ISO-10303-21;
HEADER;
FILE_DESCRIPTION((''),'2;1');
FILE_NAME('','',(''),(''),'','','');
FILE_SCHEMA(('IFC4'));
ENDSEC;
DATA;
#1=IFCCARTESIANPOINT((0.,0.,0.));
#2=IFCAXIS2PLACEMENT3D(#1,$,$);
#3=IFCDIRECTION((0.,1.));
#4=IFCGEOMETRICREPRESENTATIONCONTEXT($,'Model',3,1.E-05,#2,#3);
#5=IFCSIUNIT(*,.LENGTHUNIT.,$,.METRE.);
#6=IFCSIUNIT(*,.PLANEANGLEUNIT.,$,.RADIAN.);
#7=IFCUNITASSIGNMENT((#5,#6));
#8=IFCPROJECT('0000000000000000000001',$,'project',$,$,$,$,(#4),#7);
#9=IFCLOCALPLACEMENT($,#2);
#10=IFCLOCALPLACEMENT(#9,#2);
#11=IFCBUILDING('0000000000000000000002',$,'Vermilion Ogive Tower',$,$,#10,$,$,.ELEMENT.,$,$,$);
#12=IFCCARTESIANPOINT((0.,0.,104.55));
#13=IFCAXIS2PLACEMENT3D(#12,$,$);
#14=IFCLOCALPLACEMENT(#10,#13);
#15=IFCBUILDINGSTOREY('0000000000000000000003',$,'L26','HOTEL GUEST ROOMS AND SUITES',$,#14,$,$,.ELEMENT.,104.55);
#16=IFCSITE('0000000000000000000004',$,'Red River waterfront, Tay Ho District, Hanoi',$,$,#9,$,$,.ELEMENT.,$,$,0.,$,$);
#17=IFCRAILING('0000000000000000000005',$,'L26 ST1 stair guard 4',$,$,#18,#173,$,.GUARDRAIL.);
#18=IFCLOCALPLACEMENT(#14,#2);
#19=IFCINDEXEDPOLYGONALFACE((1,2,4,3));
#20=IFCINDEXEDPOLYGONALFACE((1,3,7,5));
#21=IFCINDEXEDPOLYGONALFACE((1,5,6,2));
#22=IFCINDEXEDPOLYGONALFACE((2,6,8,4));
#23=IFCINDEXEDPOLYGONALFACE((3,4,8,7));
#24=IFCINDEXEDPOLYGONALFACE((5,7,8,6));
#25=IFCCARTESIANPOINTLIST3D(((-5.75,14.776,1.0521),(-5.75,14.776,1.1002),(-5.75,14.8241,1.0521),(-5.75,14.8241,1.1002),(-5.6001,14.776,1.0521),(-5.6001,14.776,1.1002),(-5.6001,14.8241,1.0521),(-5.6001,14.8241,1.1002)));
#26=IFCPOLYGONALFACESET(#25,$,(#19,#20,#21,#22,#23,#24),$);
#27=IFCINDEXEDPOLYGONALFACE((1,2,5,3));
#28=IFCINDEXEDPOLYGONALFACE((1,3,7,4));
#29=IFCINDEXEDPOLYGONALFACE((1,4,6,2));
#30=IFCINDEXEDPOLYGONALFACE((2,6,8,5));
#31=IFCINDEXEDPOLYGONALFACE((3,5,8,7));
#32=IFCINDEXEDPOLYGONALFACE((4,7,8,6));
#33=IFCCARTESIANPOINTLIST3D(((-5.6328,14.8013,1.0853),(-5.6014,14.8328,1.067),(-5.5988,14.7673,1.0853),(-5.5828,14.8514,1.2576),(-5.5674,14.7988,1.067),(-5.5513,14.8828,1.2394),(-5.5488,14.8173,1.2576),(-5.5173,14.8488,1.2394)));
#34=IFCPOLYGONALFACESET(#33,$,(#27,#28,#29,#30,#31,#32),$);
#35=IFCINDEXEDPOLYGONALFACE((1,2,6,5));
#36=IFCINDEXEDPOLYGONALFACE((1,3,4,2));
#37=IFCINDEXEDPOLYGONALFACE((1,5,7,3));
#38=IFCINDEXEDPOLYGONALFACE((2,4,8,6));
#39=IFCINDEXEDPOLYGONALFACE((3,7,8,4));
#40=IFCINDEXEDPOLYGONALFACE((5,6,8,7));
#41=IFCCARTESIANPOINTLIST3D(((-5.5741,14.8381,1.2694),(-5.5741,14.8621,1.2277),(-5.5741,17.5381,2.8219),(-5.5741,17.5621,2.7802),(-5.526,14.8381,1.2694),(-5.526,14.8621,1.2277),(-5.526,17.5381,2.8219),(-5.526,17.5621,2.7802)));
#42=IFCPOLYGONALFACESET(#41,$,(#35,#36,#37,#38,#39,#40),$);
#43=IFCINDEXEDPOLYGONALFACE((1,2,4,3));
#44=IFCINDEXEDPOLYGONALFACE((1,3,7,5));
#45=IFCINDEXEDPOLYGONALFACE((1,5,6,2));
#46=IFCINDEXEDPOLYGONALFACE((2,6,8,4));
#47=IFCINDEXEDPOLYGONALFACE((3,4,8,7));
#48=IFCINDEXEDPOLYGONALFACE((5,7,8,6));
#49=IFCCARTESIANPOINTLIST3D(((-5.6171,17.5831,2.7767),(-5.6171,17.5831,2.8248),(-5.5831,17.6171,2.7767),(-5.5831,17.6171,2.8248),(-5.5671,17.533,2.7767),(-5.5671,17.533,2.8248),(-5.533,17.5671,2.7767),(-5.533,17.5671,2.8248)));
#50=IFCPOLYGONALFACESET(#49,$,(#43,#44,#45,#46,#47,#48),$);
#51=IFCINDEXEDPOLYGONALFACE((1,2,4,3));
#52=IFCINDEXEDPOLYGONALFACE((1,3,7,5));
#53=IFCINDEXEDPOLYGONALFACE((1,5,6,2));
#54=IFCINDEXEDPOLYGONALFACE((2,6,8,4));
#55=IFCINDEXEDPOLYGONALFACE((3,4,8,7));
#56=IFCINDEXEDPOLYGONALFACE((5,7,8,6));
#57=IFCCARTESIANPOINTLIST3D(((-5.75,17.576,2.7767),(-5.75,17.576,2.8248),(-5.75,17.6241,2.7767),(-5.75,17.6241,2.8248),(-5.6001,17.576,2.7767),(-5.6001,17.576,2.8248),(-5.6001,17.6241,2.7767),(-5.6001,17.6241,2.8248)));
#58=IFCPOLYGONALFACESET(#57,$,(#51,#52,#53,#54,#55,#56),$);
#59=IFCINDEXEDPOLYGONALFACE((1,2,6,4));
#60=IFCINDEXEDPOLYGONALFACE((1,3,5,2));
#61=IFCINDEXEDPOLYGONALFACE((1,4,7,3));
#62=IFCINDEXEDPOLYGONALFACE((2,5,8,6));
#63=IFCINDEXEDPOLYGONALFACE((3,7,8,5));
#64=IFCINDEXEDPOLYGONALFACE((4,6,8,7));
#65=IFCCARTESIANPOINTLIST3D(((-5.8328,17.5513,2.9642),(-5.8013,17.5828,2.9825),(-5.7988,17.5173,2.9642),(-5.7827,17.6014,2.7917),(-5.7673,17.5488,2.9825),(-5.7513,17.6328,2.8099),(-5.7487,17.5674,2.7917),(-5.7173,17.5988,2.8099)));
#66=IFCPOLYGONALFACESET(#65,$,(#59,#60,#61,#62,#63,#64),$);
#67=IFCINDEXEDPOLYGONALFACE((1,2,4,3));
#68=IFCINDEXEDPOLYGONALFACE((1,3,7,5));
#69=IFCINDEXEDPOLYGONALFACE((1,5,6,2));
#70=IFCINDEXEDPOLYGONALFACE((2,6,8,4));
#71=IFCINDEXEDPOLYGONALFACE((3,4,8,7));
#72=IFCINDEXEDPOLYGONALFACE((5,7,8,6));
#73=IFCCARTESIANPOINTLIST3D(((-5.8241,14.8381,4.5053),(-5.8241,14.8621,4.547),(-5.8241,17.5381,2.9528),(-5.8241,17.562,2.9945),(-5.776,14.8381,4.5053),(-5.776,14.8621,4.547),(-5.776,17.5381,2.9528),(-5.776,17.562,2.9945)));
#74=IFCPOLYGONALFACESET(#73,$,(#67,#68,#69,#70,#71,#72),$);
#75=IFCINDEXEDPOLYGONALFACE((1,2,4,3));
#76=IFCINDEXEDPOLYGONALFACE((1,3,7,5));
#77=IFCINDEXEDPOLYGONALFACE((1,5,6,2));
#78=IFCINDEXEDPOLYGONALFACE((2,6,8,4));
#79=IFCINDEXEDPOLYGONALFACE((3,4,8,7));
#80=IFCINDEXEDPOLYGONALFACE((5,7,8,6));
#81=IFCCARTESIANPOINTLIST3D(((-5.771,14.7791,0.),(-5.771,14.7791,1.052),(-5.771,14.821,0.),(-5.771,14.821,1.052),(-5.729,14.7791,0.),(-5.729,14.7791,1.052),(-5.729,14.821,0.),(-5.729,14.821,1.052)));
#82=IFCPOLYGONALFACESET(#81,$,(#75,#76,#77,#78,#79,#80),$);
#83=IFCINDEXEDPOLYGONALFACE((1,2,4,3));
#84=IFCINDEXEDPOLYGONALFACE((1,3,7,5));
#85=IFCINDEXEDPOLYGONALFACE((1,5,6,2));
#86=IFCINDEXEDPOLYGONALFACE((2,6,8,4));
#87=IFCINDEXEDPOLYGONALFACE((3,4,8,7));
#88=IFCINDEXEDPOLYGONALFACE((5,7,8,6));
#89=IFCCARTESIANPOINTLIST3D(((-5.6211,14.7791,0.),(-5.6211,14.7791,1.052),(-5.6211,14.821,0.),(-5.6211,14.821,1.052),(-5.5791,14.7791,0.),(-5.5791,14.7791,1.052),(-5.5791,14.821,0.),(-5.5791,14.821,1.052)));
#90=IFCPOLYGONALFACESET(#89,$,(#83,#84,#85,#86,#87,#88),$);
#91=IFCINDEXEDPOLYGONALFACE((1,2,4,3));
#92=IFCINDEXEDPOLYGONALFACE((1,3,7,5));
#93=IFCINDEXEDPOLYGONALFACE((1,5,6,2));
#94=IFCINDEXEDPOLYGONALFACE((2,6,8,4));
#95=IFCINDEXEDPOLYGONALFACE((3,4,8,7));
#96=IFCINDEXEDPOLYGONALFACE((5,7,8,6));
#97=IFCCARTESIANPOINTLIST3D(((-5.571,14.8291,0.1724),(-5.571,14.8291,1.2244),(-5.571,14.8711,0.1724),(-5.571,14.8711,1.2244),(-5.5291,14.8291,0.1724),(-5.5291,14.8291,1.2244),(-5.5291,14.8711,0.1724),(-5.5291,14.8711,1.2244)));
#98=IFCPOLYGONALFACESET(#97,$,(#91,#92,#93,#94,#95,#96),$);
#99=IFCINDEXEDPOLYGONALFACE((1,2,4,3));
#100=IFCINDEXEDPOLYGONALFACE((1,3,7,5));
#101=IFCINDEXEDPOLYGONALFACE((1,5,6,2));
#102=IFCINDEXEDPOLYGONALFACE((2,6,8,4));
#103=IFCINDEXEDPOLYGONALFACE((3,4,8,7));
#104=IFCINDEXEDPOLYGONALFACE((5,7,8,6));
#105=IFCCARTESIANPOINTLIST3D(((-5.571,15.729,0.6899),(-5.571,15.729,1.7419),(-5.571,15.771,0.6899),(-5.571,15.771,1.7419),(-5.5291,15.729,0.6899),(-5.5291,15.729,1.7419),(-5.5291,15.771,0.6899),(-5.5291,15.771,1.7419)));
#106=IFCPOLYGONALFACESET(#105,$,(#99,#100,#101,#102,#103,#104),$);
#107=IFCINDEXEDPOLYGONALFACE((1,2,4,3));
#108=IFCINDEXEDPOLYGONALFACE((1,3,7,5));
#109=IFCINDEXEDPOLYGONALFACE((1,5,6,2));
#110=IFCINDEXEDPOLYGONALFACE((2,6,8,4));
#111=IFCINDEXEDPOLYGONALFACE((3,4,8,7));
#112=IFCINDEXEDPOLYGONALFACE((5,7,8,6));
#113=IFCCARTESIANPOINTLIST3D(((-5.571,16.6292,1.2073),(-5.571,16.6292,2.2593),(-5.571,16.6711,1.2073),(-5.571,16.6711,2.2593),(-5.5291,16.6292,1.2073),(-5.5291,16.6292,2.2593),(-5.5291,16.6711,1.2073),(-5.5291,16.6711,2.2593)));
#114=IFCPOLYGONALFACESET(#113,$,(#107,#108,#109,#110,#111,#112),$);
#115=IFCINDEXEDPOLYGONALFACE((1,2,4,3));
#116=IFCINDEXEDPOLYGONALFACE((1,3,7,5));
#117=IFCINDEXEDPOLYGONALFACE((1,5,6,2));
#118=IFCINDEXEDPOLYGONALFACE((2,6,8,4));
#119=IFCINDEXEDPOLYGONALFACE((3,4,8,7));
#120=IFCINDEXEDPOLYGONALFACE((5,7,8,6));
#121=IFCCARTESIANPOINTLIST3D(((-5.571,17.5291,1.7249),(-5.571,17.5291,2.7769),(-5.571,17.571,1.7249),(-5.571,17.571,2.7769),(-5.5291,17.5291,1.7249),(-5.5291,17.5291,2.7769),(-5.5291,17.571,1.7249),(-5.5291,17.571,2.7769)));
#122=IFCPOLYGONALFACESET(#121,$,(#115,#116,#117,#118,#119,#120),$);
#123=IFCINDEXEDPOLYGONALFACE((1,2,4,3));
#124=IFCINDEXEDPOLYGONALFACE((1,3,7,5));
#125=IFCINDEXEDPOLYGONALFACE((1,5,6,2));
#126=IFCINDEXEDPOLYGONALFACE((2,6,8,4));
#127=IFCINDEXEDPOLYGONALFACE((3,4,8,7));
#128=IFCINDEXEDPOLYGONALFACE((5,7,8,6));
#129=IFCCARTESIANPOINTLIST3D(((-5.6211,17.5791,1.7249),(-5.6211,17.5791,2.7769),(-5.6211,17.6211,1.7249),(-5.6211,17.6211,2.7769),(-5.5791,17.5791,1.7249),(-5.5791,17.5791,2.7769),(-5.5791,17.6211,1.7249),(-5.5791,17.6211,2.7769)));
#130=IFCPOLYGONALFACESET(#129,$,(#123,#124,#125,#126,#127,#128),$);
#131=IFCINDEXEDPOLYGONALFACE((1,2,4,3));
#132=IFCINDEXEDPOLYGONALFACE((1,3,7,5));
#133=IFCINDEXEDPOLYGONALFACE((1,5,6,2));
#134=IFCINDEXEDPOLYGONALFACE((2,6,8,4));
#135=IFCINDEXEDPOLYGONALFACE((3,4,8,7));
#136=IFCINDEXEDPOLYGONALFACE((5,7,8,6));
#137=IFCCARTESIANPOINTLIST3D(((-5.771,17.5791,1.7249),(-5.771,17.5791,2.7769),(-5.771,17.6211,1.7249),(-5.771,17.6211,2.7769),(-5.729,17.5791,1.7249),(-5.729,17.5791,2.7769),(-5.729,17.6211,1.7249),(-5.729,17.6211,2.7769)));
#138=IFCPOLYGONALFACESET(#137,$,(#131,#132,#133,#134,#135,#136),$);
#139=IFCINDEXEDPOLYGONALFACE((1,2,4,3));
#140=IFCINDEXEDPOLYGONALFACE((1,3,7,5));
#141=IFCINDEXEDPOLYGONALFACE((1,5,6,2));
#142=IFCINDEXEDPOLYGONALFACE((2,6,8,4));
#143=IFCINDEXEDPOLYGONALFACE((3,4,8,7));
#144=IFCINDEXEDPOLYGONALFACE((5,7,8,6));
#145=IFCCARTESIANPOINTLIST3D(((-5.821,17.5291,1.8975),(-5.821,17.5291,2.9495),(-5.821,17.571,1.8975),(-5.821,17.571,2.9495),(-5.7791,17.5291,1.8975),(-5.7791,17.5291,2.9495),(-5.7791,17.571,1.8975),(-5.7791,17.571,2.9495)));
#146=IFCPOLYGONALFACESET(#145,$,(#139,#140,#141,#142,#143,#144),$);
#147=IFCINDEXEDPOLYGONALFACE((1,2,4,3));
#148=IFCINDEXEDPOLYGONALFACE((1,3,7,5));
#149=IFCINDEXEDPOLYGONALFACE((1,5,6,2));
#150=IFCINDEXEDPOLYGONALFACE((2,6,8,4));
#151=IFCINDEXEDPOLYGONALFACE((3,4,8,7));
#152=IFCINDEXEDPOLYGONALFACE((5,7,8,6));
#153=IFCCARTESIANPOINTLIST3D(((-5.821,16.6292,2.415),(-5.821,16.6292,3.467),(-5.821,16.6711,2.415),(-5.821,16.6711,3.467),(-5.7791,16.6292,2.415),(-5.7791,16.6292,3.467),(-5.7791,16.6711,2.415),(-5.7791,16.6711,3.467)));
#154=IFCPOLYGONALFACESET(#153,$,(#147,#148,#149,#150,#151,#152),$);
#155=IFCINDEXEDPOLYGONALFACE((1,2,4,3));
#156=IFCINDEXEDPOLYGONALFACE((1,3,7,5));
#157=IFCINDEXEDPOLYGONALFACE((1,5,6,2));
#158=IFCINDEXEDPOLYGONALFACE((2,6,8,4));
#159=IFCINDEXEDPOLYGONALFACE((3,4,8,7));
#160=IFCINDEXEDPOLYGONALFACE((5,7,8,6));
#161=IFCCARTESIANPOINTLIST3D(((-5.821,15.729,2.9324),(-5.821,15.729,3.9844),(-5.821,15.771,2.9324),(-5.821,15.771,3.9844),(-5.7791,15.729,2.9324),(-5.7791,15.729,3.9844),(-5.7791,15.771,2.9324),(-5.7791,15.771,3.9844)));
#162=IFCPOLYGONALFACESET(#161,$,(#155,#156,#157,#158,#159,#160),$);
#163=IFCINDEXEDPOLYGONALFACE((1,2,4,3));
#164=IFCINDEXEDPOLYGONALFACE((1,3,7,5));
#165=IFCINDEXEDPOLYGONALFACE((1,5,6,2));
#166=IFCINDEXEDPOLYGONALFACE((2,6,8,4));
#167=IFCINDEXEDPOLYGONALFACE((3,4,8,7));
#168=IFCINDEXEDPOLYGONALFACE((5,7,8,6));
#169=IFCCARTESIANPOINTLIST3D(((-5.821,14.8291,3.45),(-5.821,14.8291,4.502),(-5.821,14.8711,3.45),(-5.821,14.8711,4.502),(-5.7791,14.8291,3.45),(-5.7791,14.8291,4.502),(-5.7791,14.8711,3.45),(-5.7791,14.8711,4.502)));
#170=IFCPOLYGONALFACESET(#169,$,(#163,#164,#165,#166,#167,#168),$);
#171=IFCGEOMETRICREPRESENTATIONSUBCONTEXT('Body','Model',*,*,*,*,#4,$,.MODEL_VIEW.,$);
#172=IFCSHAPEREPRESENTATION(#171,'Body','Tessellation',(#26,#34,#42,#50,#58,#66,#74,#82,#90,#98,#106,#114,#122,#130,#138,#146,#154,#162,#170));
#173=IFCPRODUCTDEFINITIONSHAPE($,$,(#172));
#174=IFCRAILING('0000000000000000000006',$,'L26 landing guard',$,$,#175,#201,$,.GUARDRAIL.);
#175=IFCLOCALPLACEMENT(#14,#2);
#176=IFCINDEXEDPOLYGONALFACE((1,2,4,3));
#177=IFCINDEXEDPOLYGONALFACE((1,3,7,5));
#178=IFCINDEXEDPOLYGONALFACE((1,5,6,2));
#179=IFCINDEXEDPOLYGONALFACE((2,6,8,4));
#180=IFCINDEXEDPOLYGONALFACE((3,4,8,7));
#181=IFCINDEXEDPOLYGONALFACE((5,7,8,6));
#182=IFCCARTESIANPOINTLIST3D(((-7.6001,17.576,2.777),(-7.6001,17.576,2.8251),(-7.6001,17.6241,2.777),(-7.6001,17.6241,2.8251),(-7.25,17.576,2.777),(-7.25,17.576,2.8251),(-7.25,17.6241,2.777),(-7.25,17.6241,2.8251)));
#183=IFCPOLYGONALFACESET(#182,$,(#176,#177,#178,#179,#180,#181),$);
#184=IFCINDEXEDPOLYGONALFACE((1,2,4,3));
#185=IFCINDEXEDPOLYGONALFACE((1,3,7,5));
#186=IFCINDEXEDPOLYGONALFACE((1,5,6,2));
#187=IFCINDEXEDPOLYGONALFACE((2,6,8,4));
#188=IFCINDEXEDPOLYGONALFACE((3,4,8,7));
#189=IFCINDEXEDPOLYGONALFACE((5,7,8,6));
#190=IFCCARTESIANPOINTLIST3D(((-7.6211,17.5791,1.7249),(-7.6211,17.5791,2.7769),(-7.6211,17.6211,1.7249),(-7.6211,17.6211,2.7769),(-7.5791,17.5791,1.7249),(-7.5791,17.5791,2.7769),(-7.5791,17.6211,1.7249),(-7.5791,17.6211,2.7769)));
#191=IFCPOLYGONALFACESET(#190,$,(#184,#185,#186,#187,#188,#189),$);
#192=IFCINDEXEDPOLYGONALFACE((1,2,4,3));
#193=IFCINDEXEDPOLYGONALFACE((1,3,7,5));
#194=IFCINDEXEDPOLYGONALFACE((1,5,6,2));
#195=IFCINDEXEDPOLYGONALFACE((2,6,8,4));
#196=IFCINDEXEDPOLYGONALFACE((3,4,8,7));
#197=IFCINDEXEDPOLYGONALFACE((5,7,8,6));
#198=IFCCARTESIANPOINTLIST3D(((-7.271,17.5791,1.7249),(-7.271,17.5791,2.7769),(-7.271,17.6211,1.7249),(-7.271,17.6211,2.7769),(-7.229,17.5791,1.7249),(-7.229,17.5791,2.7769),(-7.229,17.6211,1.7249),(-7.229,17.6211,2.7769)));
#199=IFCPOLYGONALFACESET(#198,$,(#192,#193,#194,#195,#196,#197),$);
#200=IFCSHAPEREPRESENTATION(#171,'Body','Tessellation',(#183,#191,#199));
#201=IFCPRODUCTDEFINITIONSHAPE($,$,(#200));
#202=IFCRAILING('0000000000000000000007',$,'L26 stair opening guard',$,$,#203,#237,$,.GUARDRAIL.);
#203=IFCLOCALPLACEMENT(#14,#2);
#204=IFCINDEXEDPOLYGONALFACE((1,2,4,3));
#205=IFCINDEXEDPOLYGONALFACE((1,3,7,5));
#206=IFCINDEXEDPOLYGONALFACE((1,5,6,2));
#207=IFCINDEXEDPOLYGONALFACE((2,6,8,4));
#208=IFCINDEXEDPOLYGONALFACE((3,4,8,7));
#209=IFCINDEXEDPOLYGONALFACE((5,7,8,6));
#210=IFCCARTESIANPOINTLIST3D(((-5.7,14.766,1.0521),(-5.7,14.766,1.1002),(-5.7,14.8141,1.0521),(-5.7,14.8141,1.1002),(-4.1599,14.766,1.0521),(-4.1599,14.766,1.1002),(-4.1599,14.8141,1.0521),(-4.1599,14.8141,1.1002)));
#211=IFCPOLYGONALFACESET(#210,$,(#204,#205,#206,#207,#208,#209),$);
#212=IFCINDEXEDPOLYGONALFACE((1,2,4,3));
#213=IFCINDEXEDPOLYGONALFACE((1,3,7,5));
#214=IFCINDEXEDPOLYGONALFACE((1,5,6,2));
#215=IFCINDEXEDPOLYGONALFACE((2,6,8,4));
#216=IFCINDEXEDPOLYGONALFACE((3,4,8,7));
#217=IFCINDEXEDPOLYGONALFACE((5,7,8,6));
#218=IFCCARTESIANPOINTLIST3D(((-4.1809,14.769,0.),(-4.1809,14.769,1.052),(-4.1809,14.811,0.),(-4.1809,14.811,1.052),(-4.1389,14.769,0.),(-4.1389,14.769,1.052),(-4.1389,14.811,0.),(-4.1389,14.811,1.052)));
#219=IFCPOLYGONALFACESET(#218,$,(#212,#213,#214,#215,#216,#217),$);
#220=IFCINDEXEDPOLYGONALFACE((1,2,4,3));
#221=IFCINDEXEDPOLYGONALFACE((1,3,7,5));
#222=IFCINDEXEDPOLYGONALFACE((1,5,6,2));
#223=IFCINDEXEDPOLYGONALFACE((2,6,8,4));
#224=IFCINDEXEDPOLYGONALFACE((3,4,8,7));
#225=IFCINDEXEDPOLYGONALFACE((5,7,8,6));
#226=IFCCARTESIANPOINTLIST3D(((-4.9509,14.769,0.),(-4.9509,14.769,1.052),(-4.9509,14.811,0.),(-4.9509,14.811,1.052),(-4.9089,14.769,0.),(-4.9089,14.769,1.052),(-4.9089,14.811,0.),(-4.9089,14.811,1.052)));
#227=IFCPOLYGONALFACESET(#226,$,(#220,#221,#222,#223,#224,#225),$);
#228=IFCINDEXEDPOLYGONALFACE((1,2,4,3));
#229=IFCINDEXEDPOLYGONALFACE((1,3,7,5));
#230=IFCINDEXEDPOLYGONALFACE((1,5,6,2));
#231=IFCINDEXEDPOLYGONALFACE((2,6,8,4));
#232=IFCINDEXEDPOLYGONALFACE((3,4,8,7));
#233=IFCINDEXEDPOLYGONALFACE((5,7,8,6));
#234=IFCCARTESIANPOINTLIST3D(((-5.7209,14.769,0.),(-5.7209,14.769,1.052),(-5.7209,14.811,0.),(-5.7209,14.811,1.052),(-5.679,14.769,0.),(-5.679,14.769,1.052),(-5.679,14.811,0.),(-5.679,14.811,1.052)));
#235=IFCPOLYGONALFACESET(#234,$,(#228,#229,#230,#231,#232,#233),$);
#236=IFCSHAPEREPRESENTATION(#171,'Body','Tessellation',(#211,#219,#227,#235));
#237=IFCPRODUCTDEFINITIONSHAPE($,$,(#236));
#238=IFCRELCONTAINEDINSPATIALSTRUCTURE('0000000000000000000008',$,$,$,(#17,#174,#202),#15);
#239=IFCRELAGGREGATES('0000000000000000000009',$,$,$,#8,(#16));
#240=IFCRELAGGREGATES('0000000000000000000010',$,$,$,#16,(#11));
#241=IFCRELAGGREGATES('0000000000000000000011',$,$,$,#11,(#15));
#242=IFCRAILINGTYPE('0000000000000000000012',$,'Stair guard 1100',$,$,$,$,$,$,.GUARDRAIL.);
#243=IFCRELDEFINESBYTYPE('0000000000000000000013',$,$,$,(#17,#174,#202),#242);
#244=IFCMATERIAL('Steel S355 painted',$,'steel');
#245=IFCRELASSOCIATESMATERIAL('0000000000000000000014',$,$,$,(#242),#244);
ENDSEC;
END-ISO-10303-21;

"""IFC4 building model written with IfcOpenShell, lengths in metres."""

from ifc_helpers import new_model, si_unit, direction, frame, origin, origin_2d, place, context, subcontext, project, spatial, rectangle, extrude, material, type_object, element, save


model = new_model("IFC4")

# Units and contexts
model_context = context("Model", 3, precision=1e-05, world=origin(), true_north=direction((0.0, 1.0)))
body_context = subcontext(model_context, "Body", "Model", "MODEL_VIEW")
ifc_project = project(units=[si_unit("LENGTHUNIT", "METRE"), si_unit("PLANEANGLEUNIT", "RADIAN")], contexts=[model_context])

# Site, building, storey
site_placement = place(None, origin())
site = spatial("IfcSite", under=ifc_project, at=site_placement, Name="Red River waterfront, Tay Ho District, Hanoi", CompositionType="ELEMENT", RefElevation=0.0)
building_placement = place(site_placement, origin())
building = spatial("IfcBuilding", under=site, at=building_placement, Name="Vermilion Ogive Tower", CompositionType="ELEMENT")
storey_placement = place(building_placement, frame((0.0, 0.0, 104.55)))
storey = spatial("IfcBuildingStorey", under=building, at=storey_placement, Name="L26", Description="HOTEL GUEST ROOMS AND SUITES", CompositionType="ELEMENT", Elevation=104.55)

# Railings
ifc_material_1 = material(Name="Steel S355 painted", Category="steel")
railing_type_1 = type_object("IfcRailingType", Name="Stair guard 1100", PredefinedType="GUARDRAIL", material=ifc_material_1)
railing_1_placement = place(storey_placement, frame((-5.75, 14.8, 0.0)))
element("IfcRailing", 1, at=railing_1_placement, inside=storey, type_object=railing_type_1, Name="L26 ST1 stair guard 4", PredefinedType="GUARDRAIL", context=body_context, shape_type="SweptSolid", body=[
    extrude(rectangle(XDim=0.0481, YDim=0.0481, at=origin_2d()), frame((0.0, 0.0, 1.0762), z_axis=(1.0, 0.0, 0.0), x_axis=(0.0, 1.0, 0.0)), (0.0, 0.0, 1.0), 0.1499),
    extrude(rectangle(XDim=0.0481, YDim=0.0481, at=origin_2d()), frame((0.1499, 0.0, 1.0762), z_axis=(0.268603, 0.268603, 0.925043), x_axis=(-0.707107, 0.707107, 0.0)), (0.0, 0.0, 1.0), 0.1863),
    extrude(rectangle(XDim=0.0481, YDim=0.0481, at=origin_2d()), frame((0.2, 0.05, 1.2485), z_axis=(0.0, 0.866904, 0.498476), x_axis=(-1.0, 0.0, 0.0)), (0.0, 0.0, 1.0), 3.1145),
    extrude(rectangle(XDim=0.0481, YDim=0.0481, at=origin_2d()), frame((0.2, 2.75, 2.8008), z_axis=(-0.707107, 0.707107, 0.0), x_axis=(-0.707107, -0.707107, 0.0)), (0.0, 0.0, 1.0), 0.0708),
    extrude(rectangle(XDim=0.0481, YDim=0.0481, at=origin_2d()), frame((0.1499, 2.8, 2.8008), z_axis=(-1.0, 0.0, 0.0), x_axis=(0.0, -1.0, 0.0)), (0.0, 0.0, 1.0), 0.1499),
    extrude(rectangle(XDim=0.0481, YDim=0.0481, at=origin_2d()), frame((0.0, 2.8, 2.8008), z_axis=(-0.268278, -0.268278, 0.925232), x_axis=(0.707107, -0.707107, 0.0)), (0.0, 0.0, 1.0), 0.1865),
    extrude(rectangle(XDim=0.0481, YDim=0.0481, at=origin_2d()), frame((-0.05, 2.75, 2.9736), z_axis=(0.0, -0.866904, 0.498476), x_axis=(1.0, 0.0, 0.0)), (0.0, 0.0, 1.0), 3.1145),
    extrude(rectangle(XDim=0.042, YDim=0.042, at=origin_2d()), origin(), (0.0, 0.0, 1.0), 1.052),
    extrude(rectangle(XDim=0.042, YDim=0.042, at=origin_2d()), frame((0.1499, 0.0, 0.0)), (0.0, 0.0, 1.0), 1.052),
    extrude(rectangle(XDim=0.042, YDim=0.042, at=origin_2d()), frame((0.2, 0.05, 0.1724)), (0.0, 0.0, 1.0), 1.052),
    extrude(rectangle(XDim=0.042, YDim=0.042, at=origin_2d()), frame((0.2, 0.95, 0.6899)), (0.0, 0.0, 1.0), 1.052),
    extrude(rectangle(XDim=0.042, YDim=0.042, at=origin_2d()), frame((0.2, 1.8501, 1.2073)), (0.0, 0.0, 1.0), 1.052),
    extrude(rectangle(XDim=0.042, YDim=0.042, at=origin_2d()), frame((0.2, 2.75, 1.7249)), (0.0, 0.0, 1.0), 1.052),
    extrude(rectangle(XDim=0.042, YDim=0.042, at=origin_2d()), frame((0.1499, 2.8, 1.7249)), (0.0, 0.0, 1.0), 1.052),
    extrude(rectangle(XDim=0.042, YDim=0.042, at=origin_2d()), frame((0.0, 2.8, 1.7249)), (0.0, 0.0, 1.0), 1.052),
    extrude(rectangle(XDim=0.042, YDim=0.042, at=origin_2d()), frame((-0.05, 2.75, 1.8975)), (0.0, 0.0, 1.0), 1.052),
    extrude(rectangle(XDim=0.042, YDim=0.042, at=origin_2d()), frame((-0.05, 1.8501, 2.415)), (0.0, 0.0, 1.0), 1.052),
    extrude(rectangle(XDim=0.042, YDim=0.042, at=origin_2d()), frame((-0.05, 0.95, 2.9324)), (0.0, 0.0, 1.0), 1.052),
    extrude(rectangle(XDim=0.042, YDim=0.042, at=origin_2d()), frame((-0.05, 0.05, 3.45)), (0.0, 0.0, 1.0), 1.052),
])
railing_2_placement = place(storey_placement, frame((-7.6001, 17.6001, 1.7249)))
element("IfcRailing", 2, at=railing_2_placement, inside=storey, type_object=railing_type_1, Name="L26 landing guard", PredefinedType="GUARDRAIL", context=body_context, shape_type="SweptSolid", body=[
    extrude(rectangle(XDim=0.0481, YDim=0.0481, at=origin_2d()), frame((0.0, 0.0, 1.0762), z_axis=(1.0, 0.0, 0.0), x_axis=(0.0, 1.0, 0.0)), (0.0, 0.0, 1.0), 0.3501),
    extrude(rectangle(XDim=0.042, YDim=0.042, at=origin_2d()), origin(), (0.0, 0.0, 1.0), 1.052),
    extrude(rectangle(XDim=0.042, YDim=0.042, at=origin_2d()), frame((0.3501, 0.0, 0.0)), (0.0, 0.0, 1.0), 1.052),
])
railing_3_placement = place(storey_placement, frame((-4.1599, 14.79, 0.0)))
element("IfcRailing", 3, at=railing_3_placement, inside=storey, type_object=railing_type_1, Name="L26 stair opening guard", PredefinedType="GUARDRAIL", context=body_context, shape_type="SweptSolid", body=[
    extrude(rectangle(XDim=0.0481, YDim=0.0481, at=origin_2d()), frame((0.0, 0.0, 1.0762), z_axis=(-1.0, 0.0, 0.0), x_axis=(0.0, -1.0, 0.0)), (0.0, 0.0, 1.0), 1.54),
    extrude(rectangle(XDim=0.042, YDim=0.042, at=origin_2d()), origin(), (0.0, 0.0, 1.0), 1.052),
    extrude(rectangle(XDim=0.042, YDim=0.042, at=origin_2d()), frame((-0.77, 0.0, 0.0)), (0.0, 0.0, 1.0), 1.052),
    extrude(rectangle(XDim=0.042, YDim=0.042, at=origin_2d()), frame((-1.54, 0.0, 0.0)), (0.0, 0.0, 1.0), 1.052),
])

save(model, "model.ifc")
